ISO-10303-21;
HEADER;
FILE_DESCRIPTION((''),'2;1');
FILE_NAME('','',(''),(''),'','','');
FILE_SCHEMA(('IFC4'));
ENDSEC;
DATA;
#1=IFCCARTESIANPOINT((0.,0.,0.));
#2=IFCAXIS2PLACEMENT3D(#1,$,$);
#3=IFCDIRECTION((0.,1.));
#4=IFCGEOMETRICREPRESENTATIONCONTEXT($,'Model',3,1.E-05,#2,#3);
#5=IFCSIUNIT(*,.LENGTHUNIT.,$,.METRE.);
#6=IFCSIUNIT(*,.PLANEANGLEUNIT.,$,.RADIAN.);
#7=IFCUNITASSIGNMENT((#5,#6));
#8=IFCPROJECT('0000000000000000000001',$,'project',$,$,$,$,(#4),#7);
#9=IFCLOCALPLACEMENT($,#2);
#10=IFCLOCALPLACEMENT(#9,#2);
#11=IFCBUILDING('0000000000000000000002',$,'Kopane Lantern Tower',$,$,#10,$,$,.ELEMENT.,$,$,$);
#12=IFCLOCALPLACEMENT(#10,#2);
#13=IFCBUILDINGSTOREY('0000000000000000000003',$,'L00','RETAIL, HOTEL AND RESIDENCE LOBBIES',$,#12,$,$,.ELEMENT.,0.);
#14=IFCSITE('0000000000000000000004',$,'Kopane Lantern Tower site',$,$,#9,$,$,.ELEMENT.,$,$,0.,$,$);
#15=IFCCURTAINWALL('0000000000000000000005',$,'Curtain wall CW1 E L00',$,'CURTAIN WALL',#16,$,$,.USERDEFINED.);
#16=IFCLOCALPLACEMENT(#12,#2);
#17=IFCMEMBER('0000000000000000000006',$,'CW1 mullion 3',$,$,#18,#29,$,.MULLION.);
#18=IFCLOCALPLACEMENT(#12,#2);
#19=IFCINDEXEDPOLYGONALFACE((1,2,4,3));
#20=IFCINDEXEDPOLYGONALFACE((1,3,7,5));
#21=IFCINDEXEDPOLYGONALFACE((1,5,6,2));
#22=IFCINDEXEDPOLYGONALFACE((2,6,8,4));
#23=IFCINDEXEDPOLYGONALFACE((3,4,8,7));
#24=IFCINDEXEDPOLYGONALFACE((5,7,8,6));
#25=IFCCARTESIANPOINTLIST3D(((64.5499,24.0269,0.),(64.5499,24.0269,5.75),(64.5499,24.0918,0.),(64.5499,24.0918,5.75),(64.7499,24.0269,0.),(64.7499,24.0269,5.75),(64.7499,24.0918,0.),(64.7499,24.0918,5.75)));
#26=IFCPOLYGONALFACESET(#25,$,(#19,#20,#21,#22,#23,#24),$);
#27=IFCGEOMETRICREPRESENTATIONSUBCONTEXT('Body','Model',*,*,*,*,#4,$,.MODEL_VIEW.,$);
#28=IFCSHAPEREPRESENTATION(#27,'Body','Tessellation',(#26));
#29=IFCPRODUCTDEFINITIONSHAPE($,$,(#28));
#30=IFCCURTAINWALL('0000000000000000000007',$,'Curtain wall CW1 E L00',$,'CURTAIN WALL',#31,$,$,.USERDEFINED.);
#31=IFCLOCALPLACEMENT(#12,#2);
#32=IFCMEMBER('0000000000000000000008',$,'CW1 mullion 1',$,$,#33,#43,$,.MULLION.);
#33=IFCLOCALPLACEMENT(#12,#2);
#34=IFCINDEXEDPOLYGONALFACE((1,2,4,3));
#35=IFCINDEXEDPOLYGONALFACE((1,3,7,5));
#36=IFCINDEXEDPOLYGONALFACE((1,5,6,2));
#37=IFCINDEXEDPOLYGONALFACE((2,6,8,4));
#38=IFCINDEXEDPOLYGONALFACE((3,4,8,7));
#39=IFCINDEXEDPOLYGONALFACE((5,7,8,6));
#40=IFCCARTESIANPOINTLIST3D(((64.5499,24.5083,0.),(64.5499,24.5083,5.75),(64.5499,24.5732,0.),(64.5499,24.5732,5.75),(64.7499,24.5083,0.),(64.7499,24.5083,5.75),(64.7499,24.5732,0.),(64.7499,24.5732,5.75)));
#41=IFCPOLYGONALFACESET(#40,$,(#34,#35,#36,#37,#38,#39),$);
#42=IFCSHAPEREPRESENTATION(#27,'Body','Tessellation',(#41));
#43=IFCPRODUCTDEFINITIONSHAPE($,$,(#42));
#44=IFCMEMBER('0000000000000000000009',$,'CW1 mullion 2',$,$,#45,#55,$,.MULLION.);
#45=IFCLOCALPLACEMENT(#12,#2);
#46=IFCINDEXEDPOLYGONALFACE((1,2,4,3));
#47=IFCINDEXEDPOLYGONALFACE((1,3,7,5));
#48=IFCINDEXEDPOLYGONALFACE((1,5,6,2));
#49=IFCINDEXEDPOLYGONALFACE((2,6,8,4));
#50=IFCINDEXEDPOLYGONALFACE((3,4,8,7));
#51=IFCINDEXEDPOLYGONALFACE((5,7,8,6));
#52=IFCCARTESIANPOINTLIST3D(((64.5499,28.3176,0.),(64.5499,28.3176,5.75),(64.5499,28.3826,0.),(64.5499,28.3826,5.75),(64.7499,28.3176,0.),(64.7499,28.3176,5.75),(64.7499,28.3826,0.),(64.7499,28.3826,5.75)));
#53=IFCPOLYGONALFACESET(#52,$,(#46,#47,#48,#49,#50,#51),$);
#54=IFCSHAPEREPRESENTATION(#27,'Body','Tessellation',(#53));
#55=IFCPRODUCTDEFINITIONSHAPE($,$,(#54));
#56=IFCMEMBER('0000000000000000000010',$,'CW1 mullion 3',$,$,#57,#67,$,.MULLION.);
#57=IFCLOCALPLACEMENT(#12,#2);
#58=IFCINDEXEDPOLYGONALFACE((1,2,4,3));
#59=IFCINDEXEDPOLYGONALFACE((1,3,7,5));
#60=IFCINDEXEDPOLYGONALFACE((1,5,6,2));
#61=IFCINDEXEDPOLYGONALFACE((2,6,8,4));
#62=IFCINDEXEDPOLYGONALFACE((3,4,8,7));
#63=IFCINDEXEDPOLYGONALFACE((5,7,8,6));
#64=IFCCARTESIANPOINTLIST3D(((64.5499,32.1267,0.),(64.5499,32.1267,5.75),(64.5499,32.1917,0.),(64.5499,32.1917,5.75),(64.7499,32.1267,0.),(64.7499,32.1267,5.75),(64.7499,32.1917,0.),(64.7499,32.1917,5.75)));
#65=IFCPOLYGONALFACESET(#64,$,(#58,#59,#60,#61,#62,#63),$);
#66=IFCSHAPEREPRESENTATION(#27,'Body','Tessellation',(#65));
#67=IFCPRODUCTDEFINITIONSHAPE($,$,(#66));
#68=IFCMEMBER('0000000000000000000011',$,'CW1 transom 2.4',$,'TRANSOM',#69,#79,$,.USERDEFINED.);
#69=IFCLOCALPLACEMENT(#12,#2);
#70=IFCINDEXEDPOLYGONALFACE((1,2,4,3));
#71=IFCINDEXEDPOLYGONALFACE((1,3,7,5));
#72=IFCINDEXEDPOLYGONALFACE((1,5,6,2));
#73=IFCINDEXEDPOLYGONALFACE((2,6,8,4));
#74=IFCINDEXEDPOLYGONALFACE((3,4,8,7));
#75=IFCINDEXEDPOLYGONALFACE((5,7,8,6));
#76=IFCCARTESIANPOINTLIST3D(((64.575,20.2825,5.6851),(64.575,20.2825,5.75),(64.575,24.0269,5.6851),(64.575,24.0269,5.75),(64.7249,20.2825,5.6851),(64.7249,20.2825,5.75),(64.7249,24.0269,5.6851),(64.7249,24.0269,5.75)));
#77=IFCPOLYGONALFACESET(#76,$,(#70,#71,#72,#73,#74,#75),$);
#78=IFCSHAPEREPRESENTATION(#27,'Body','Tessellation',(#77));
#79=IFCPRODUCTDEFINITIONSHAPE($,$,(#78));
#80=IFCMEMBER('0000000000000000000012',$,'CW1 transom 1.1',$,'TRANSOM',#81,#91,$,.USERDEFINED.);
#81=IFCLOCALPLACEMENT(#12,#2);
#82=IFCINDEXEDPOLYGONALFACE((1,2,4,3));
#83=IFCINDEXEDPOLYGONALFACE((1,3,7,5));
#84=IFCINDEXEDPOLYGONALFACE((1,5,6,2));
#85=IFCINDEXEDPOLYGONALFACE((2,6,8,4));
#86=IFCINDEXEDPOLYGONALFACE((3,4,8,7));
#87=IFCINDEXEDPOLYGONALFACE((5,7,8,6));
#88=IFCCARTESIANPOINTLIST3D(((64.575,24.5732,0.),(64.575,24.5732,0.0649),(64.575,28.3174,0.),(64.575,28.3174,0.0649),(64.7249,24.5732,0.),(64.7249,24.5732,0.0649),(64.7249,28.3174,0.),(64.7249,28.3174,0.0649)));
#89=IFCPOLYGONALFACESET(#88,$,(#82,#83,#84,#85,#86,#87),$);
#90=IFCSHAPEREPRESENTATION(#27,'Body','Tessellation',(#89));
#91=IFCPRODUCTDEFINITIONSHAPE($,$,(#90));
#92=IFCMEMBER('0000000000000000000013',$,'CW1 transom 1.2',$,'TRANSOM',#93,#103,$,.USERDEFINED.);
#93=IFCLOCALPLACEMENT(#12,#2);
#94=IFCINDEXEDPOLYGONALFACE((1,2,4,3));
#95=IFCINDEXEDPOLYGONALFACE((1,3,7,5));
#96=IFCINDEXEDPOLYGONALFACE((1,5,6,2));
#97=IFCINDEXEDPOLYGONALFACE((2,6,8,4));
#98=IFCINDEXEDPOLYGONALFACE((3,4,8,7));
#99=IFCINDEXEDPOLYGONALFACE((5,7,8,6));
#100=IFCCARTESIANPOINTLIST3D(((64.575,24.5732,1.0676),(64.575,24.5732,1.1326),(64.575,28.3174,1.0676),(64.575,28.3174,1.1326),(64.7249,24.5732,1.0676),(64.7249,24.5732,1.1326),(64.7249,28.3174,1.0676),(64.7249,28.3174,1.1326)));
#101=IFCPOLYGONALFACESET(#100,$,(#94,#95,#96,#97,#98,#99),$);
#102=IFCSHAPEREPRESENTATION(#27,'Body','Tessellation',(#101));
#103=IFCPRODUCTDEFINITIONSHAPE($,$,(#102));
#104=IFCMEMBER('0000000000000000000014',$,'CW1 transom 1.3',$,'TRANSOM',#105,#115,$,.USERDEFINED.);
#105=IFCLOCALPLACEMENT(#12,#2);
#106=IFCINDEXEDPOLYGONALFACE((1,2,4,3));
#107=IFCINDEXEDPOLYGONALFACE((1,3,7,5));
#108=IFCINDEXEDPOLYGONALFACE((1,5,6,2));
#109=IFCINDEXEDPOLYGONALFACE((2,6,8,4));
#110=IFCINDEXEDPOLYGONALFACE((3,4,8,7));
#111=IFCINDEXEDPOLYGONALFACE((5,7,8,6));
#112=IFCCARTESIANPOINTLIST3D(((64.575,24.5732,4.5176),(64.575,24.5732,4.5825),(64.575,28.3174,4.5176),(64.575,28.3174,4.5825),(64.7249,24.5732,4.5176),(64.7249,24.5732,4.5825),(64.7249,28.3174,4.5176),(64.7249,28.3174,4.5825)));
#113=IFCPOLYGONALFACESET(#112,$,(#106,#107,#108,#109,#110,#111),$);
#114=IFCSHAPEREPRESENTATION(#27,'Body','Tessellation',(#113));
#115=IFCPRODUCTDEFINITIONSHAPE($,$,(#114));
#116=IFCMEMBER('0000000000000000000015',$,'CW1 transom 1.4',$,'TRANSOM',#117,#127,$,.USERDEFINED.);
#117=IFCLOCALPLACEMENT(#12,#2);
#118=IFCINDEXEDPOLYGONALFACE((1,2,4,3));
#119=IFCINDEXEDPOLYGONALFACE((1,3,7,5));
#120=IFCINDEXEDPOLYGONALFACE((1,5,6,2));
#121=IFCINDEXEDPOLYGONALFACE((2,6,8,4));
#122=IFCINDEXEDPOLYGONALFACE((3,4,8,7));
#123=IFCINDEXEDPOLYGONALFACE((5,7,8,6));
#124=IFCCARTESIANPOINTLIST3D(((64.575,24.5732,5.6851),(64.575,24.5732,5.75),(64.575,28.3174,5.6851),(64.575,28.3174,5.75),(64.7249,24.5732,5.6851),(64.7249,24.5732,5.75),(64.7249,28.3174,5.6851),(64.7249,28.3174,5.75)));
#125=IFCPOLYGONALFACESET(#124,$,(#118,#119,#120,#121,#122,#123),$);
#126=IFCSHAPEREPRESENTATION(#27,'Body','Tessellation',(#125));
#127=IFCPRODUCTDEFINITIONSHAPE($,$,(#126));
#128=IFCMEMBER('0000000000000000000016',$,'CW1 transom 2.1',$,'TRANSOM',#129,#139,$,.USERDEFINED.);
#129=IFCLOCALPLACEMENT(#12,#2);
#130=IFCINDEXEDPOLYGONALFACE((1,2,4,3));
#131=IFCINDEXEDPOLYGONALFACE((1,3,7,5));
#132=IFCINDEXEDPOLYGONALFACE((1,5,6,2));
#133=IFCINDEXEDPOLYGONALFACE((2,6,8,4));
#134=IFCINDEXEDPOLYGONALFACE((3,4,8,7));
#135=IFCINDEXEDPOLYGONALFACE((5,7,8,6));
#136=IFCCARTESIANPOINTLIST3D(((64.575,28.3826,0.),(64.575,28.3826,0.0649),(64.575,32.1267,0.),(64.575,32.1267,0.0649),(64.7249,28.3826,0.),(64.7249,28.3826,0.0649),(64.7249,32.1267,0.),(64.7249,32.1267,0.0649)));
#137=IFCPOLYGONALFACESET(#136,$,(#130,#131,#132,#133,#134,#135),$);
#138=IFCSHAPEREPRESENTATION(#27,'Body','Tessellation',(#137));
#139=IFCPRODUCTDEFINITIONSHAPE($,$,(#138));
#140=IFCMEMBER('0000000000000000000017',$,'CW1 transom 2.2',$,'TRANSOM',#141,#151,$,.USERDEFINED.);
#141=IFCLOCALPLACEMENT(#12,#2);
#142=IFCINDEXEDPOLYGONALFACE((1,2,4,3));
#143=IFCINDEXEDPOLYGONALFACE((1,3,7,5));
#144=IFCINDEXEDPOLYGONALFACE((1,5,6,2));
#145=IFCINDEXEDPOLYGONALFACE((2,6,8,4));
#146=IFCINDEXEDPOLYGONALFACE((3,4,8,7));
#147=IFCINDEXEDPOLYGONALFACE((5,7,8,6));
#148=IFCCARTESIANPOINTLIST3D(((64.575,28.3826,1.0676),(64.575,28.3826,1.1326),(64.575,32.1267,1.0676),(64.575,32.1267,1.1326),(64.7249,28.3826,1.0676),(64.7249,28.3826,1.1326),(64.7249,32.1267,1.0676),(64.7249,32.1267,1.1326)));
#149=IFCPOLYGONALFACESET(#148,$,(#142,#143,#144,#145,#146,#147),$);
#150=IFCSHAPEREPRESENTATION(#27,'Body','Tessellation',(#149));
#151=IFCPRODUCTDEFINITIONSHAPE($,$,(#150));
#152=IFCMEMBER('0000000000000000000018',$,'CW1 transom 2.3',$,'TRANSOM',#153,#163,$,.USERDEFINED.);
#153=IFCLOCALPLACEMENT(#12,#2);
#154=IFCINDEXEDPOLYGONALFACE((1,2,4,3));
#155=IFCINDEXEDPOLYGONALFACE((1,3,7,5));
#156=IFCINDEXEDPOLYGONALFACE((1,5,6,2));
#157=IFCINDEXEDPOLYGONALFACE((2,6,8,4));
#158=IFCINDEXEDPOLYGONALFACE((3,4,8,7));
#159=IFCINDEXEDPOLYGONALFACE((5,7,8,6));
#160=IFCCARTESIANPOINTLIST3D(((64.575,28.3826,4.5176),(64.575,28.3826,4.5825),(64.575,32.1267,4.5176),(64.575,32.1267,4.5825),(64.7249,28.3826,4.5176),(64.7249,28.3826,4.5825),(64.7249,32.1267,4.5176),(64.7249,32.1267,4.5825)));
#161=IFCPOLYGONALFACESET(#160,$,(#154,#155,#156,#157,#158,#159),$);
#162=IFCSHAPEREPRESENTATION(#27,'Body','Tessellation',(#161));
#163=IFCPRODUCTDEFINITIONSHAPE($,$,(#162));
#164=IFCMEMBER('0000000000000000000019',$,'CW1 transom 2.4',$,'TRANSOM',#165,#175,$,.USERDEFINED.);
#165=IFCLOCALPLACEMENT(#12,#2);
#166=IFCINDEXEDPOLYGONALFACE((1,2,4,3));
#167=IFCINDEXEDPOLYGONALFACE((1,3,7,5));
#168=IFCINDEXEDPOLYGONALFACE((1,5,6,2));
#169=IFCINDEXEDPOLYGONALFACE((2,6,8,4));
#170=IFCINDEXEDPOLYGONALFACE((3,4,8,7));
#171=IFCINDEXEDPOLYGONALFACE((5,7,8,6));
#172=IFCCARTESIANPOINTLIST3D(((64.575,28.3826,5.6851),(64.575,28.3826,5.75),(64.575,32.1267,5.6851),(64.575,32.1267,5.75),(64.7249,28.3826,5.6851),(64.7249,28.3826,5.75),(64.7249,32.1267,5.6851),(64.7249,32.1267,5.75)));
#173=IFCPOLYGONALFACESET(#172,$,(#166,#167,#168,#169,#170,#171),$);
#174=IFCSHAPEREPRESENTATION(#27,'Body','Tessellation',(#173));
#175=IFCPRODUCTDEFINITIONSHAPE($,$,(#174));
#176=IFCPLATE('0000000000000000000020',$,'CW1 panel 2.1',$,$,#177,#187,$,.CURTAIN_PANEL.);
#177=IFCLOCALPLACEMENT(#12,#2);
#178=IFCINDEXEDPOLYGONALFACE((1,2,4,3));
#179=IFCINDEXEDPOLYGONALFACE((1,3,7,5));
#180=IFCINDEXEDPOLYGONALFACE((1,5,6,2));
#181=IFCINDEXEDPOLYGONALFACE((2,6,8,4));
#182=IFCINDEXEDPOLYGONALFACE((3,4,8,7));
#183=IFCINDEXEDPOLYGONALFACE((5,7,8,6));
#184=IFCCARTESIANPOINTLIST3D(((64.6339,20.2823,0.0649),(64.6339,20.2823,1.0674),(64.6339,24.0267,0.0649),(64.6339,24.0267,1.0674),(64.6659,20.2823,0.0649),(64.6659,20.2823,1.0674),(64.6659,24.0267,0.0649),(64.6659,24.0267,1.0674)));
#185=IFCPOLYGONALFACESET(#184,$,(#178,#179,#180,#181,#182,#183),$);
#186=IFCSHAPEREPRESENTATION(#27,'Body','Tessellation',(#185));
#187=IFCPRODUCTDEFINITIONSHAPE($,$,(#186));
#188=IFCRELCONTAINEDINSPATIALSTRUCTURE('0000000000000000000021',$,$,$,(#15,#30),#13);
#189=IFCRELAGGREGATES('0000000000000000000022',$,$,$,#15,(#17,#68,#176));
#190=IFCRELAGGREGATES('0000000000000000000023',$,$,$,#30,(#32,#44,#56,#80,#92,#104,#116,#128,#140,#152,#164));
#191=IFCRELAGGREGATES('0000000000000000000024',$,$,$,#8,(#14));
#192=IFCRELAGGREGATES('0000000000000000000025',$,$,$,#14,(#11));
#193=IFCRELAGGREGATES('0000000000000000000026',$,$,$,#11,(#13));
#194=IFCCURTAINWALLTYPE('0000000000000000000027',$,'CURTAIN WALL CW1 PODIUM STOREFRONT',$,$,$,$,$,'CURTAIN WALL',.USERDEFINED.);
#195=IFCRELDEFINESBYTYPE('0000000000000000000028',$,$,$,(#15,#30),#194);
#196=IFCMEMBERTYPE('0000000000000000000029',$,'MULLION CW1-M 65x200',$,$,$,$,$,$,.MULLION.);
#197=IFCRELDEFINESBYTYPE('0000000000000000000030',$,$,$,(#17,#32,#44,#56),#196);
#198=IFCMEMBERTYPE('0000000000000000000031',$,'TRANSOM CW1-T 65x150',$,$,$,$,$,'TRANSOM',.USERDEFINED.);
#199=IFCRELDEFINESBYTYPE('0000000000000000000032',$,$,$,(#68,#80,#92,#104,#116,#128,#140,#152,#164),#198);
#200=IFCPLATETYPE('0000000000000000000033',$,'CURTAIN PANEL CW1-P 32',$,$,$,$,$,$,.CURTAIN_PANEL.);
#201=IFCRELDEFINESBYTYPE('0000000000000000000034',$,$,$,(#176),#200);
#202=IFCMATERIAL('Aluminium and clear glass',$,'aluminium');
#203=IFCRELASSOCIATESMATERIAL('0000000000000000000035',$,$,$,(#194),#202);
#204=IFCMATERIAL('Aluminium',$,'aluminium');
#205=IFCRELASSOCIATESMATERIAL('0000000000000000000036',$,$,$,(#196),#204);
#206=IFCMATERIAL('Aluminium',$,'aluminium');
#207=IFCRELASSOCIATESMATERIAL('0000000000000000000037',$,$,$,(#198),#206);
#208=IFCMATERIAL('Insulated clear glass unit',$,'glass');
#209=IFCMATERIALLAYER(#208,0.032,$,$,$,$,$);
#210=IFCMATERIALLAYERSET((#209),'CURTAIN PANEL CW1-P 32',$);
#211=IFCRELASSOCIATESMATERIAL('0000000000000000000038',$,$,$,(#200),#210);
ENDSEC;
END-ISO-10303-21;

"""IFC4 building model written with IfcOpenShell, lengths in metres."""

from ifc_helpers import new_model, si_unit, direction, frame, origin, origin_2d, place, context, subcontext, project, spatial, rectangle, extrude, material, layer, layer_set, material_profile, profile_set, type_object, element, aggregate, save


model = new_model("IFC4")

# Units and contexts
model_context = context("Model", 3, precision=1e-05, world=origin(), true_north=direction((0.0, 1.0)))
body_context = subcontext(model_context, "Body", "Model", "MODEL_VIEW")
ifc_project = project(units=[si_unit("LENGTHUNIT", "METRE"), si_unit("PLANEANGLEUNIT", "RADIAN")], contexts=[model_context])

# Site, building, storey
site_placement = place(None, origin())
site = spatial("IfcSite", under=ifc_project, at=site_placement, Name="Kopane Lantern Tower site", CompositionType="ELEMENT", RefElevation=0.0)
building_placement = place(site_placement, origin())
building = spatial("IfcBuilding", under=site, at=building_placement, Name="Kopane Lantern Tower", CompositionType="ELEMENT")
storey_placement = place(building_placement, origin())
storey = spatial("IfcBuildingStorey", under=building, at=storey_placement, Name="L00", Description="RETAIL, HOTEL AND RESIDENCE LOBBIES", CompositionType="ELEMENT", Elevation=0.0)

# Curtain wall, member
ifc_material_1 = material(Name="Aluminium and clear glass", Category="aluminium")
curtain_wall_type = type_object("IfcCurtainWallType", Name="CURTAIN WALL CW1 PODIUM STOREFRONT", ElementType="CURTAIN WALL", PredefinedType="USERDEFINED", material=ifc_material_1)
curtain_wall_1_placement = place(storey_placement, origin())
curtain_wall_1 = element("IfcCurtainWall", 1, at=curtain_wall_1_placement, inside=storey, type_object=curtain_wall_type, Name="Curtain wall CW1 E L00", ObjectType="CURTAIN WALL", PredefinedType="USERDEFINED")
ifc_material_2 = material(Name="Aluminium", Category="aluminium")
ifc_material_profile_1 = material_profile(ifc_material_2, rectangle(XDim=0.0649, YDim=0.2, at=origin_2d()), Name="AL 65x200")
ifc_profile_set_1 = profile_set([ifc_material_profile_1], Name="Aluminium")
member_type_1 = type_object("IfcMemberType", Name="MULLION CW1-M 65x200", PredefinedType="MULLION", material=ifc_profile_set_1)
member_1_placement = place(storey_placement, frame((64.6499, 24.0593, 0.0), z_axis=(0.0, 0.0, 1.0), x_axis=(0.0, 1.0, 0.0)))
member_1 = element("IfcMember", 2, at=member_1_placement, type_object=member_type_1, Name="CW1 mullion 3", PredefinedType="MULLION", context=body_context, shape_type="SweptSolid", body=[
    extrude(rectangle(XDim=0.0649, YDim=0.2, at=origin_2d()), origin(), (0.0, 0.0, 1.0), 5.75),
])

# Curtain wall, members
curtain_wall_2_placement = place(storey_placement, origin())
curtain_wall_2 = element("IfcCurtainWall", 3, at=curtain_wall_2_placement, inside=storey, type_object=curtain_wall_type, Name="Curtain wall CW1 E L00", ObjectType="CURTAIN WALL", PredefinedType="USERDEFINED")
member_2_placement = place(storey_placement, frame((64.6499, 24.5408, 0.0), z_axis=(0.0, 0.0, 1.0), x_axis=(0.0, 1.0, 0.0)))
member_2 = element("IfcMember", 4, at=member_2_placement, type_object=member_type_1, Name="CW1 mullion 1", PredefinedType="MULLION", context=body_context, shape_type="SweptSolid", body=[
    extrude(rectangle(XDim=0.0649, YDim=0.2, at=origin_2d()), origin(), (0.0, 0.0, 1.0), 5.75),
])
member_3_placement = place(storey_placement, frame((64.6499, 28.3501, 0.0), z_axis=(0.0, 0.0, 1.0), x_axis=(0.0, 1.0, 0.0)))
member_3 = element("IfcMember", 5, at=member_3_placement, type_object=member_type_1, Name="CW1 mullion 2", PredefinedType="MULLION", context=body_context, shape_type="SweptSolid", body=[
    extrude(rectangle(XDim=0.0649, YDim=0.2, at=origin_2d()), origin(), (0.0, 0.0, 1.0), 5.75),
])
member_4_placement = place(storey_placement, frame((64.6499, 32.1592, 0.0), z_axis=(0.0, 0.0, 1.0), x_axis=(0.0, 1.0, 0.0)))
member_4 = element("IfcMember", 6, at=member_4_placement, type_object=member_type_1, Name="CW1 mullion 3", PredefinedType="MULLION", context=body_context, shape_type="SweptSolid", body=[
    extrude(rectangle(XDim=0.0649, YDim=0.2, at=origin_2d()), origin(), (0.0, 0.0, 1.0), 5.75),
])

# Members
ifc_material_3 = material(Name="Aluminium", Category="aluminium")
ifc_material_profile_2 = material_profile(ifc_material_3, rectangle(XDim=0.1499, YDim=0.0649, at=origin_2d()), Name="AL 150x65")
ifc_profile_set_2 = profile_set([ifc_material_profile_2], Name="Aluminium")
member_type_2 = type_object("IfcMemberType", Name="TRANSOM CW1-T 65x150", ElementType="TRANSOM", PredefinedType="USERDEFINED", material=ifc_profile_set_2)
member_5_placement = place(storey_placement, frame((64.6499, 20.2825, 5.7175), z_axis=(0.0, 1.0, 0.0), x_axis=(-1.0, 0.0, 0.0)))
member_5 = element("IfcMember", 7, at=member_5_placement, type_object=member_type_2, Name="CW1 transom 2.4", ObjectType="TRANSOM", PredefinedType="USERDEFINED", context=body_context, shape_type="SweptSolid", body=[
    extrude(rectangle(XDim=0.1499, YDim=0.0649, at=origin_2d()), origin(), (0.0, 0.0, 1.0), 3.7444),
])
member_6_placement = place(storey_placement, frame((64.6499, 24.5732, 0.0325), z_axis=(0.0, 1.0, 0.0), x_axis=(-1.0, 0.0, 0.0)))
member_6 = element("IfcMember", 8, at=member_6_placement, type_object=member_type_2, Name="CW1 transom 1.1", ObjectType="TRANSOM", PredefinedType="USERDEFINED", context=body_context, shape_type="SweptSolid", body=[
    extrude(rectangle(XDim=0.1499, YDim=0.0649, at=origin_2d()), origin(), (0.0, 0.0, 1.0), 3.7441),
])
member_7_placement = place(storey_placement, frame((64.6499, 24.5732, 1.1001), z_axis=(0.0, 1.0, 0.0), x_axis=(-1.0, 0.0, 0.0)))
member_7 = element("IfcMember", 9, at=member_7_placement, type_object=member_type_2, Name="CW1 transom 1.2", ObjectType="TRANSOM", PredefinedType="USERDEFINED", context=body_context, shape_type="SweptSolid", body=[
    extrude(rectangle(XDim=0.1499, YDim=0.0649, at=origin_2d()), origin(), (0.0, 0.0, 1.0), 3.7441),
])
member_8_placement = place(storey_placement, frame((64.6499, 24.5732, 4.55), z_axis=(0.0, 1.0, 0.0), x_axis=(-1.0, 0.0, 0.0)))
member_8 = element("IfcMember", 10, at=member_8_placement, type_object=member_type_2, Name="CW1 transom 1.3", ObjectType="TRANSOM", PredefinedType="USERDEFINED", context=body_context, shape_type="SweptSolid", body=[
    extrude(rectangle(XDim=0.1499, YDim=0.0649, at=origin_2d()), origin(), (0.0, 0.0, 1.0), 3.7441),
])
member_9_placement = place(storey_placement, frame((64.6499, 24.5732, 5.7175), z_axis=(0.0, 1.0, 0.0), x_axis=(-1.0, 0.0, 0.0)))
member_9 = element("IfcMember", 11, at=member_9_placement, type_object=member_type_2, Name="CW1 transom 1.4", ObjectType="TRANSOM", PredefinedType="USERDEFINED", context=body_context, shape_type="SweptSolid", body=[
    extrude(rectangle(XDim=0.1499, YDim=0.0649, at=origin_2d()), origin(), (0.0, 0.0, 1.0), 3.7441),
])
member_10_placement = place(storey_placement, frame((64.6499, 28.3826, 0.0325), z_axis=(0.0, 1.0, 0.0), x_axis=(-1.0, 0.0, 0.0)))
member_10 = element("IfcMember", 12, at=member_10_placement, type_object=member_type_2, Name="CW1 transom 2.1", ObjectType="TRANSOM", PredefinedType="USERDEFINED", context=body_context, shape_type="SweptSolid", body=[
    extrude(rectangle(XDim=0.1499, YDim=0.0649, at=origin_2d()), origin(), (0.0, 0.0, 1.0), 3.7441),
])
member_11_placement = place(storey_placement, frame((64.6499, 28.3826, 1.1001), z_axis=(0.0, 1.0, 0.0), x_axis=(-1.0, 0.0, 0.0)))
member_11 = element("IfcMember", 13, at=member_11_placement, type_object=member_type_2, Name="CW1 transom 2.2", ObjectType="TRANSOM", PredefinedType="USERDEFINED", context=body_context, shape_type="SweptSolid", body=[
    extrude(rectangle(XDim=0.1499, YDim=0.0649, at=origin_2d()), origin(), (0.0, 0.0, 1.0), 3.7441),
])
member_12_placement = place(storey_placement, frame((64.6499, 28.3826, 4.55), z_axis=(0.0, 1.0, 0.0), x_axis=(-1.0, 0.0, 0.0)))
member_12 = element("IfcMember", 14, at=member_12_placement, type_object=member_type_2, Name="CW1 transom 2.3", ObjectType="TRANSOM", PredefinedType="USERDEFINED", context=body_context, shape_type="SweptSolid", body=[
    extrude(rectangle(XDim=0.1499, YDim=0.0649, at=origin_2d()), origin(), (0.0, 0.0, 1.0), 3.7441),
])
member_13_placement = place(storey_placement, frame((64.6499, 28.3826, 5.7175), z_axis=(0.0, 1.0, 0.0), x_axis=(-1.0, 0.0, 0.0)))
member_13 = element("IfcMember", 15, at=member_13_placement, type_object=member_type_2, Name="CW1 transom 2.4", ObjectType="TRANSOM", PredefinedType="USERDEFINED", context=body_context, shape_type="SweptSolid", body=[
    extrude(rectangle(XDim=0.1499, YDim=0.0649, at=origin_2d()), origin(), (0.0, 0.0, 1.0), 3.7441),
])

# Plate
ifc_material_4 = material(Name="Insulated clear glass unit", Category="glass")
ifc_layer = layer(ifc_material_4, 0.032)
ifc_layer_set = layer_set([ifc_layer], Name="CURTAIN PANEL CW1-P 32")
plate_type = type_object("IfcPlateType", Name="CURTAIN PANEL CW1-P 32", PredefinedType="CURTAIN_PANEL", material=ifc_layer_set)
plate_1_placement = place(storey_placement, frame((64.6499, 22.1545, 0.0649), z_axis=(0.0, 0.0, 1.0), x_axis=(0.0, 1.0, 0.0)))
plate_1 = element("IfcPlate", 16, at=plate_1_placement, type_object=plate_type, Name="CW1 panel 2.1", PredefinedType="CURTAIN_PANEL", context=body_context, shape_type="SweptSolid", body=[
    extrude(rectangle(XDim=3.7444, YDim=0.032, at=origin_2d()), origin(), (0.0, 0.0, 1.0), 1.0024),
])
aggregate(curtain_wall_1, [member_1, member_5, plate_1])
aggregate(curtain_wall_2, [member_2, member_3, member_4, member_6, member_7, member_8, member_9, member_10, member_11, member_12, member_13])

save(model, "model.ifc")
